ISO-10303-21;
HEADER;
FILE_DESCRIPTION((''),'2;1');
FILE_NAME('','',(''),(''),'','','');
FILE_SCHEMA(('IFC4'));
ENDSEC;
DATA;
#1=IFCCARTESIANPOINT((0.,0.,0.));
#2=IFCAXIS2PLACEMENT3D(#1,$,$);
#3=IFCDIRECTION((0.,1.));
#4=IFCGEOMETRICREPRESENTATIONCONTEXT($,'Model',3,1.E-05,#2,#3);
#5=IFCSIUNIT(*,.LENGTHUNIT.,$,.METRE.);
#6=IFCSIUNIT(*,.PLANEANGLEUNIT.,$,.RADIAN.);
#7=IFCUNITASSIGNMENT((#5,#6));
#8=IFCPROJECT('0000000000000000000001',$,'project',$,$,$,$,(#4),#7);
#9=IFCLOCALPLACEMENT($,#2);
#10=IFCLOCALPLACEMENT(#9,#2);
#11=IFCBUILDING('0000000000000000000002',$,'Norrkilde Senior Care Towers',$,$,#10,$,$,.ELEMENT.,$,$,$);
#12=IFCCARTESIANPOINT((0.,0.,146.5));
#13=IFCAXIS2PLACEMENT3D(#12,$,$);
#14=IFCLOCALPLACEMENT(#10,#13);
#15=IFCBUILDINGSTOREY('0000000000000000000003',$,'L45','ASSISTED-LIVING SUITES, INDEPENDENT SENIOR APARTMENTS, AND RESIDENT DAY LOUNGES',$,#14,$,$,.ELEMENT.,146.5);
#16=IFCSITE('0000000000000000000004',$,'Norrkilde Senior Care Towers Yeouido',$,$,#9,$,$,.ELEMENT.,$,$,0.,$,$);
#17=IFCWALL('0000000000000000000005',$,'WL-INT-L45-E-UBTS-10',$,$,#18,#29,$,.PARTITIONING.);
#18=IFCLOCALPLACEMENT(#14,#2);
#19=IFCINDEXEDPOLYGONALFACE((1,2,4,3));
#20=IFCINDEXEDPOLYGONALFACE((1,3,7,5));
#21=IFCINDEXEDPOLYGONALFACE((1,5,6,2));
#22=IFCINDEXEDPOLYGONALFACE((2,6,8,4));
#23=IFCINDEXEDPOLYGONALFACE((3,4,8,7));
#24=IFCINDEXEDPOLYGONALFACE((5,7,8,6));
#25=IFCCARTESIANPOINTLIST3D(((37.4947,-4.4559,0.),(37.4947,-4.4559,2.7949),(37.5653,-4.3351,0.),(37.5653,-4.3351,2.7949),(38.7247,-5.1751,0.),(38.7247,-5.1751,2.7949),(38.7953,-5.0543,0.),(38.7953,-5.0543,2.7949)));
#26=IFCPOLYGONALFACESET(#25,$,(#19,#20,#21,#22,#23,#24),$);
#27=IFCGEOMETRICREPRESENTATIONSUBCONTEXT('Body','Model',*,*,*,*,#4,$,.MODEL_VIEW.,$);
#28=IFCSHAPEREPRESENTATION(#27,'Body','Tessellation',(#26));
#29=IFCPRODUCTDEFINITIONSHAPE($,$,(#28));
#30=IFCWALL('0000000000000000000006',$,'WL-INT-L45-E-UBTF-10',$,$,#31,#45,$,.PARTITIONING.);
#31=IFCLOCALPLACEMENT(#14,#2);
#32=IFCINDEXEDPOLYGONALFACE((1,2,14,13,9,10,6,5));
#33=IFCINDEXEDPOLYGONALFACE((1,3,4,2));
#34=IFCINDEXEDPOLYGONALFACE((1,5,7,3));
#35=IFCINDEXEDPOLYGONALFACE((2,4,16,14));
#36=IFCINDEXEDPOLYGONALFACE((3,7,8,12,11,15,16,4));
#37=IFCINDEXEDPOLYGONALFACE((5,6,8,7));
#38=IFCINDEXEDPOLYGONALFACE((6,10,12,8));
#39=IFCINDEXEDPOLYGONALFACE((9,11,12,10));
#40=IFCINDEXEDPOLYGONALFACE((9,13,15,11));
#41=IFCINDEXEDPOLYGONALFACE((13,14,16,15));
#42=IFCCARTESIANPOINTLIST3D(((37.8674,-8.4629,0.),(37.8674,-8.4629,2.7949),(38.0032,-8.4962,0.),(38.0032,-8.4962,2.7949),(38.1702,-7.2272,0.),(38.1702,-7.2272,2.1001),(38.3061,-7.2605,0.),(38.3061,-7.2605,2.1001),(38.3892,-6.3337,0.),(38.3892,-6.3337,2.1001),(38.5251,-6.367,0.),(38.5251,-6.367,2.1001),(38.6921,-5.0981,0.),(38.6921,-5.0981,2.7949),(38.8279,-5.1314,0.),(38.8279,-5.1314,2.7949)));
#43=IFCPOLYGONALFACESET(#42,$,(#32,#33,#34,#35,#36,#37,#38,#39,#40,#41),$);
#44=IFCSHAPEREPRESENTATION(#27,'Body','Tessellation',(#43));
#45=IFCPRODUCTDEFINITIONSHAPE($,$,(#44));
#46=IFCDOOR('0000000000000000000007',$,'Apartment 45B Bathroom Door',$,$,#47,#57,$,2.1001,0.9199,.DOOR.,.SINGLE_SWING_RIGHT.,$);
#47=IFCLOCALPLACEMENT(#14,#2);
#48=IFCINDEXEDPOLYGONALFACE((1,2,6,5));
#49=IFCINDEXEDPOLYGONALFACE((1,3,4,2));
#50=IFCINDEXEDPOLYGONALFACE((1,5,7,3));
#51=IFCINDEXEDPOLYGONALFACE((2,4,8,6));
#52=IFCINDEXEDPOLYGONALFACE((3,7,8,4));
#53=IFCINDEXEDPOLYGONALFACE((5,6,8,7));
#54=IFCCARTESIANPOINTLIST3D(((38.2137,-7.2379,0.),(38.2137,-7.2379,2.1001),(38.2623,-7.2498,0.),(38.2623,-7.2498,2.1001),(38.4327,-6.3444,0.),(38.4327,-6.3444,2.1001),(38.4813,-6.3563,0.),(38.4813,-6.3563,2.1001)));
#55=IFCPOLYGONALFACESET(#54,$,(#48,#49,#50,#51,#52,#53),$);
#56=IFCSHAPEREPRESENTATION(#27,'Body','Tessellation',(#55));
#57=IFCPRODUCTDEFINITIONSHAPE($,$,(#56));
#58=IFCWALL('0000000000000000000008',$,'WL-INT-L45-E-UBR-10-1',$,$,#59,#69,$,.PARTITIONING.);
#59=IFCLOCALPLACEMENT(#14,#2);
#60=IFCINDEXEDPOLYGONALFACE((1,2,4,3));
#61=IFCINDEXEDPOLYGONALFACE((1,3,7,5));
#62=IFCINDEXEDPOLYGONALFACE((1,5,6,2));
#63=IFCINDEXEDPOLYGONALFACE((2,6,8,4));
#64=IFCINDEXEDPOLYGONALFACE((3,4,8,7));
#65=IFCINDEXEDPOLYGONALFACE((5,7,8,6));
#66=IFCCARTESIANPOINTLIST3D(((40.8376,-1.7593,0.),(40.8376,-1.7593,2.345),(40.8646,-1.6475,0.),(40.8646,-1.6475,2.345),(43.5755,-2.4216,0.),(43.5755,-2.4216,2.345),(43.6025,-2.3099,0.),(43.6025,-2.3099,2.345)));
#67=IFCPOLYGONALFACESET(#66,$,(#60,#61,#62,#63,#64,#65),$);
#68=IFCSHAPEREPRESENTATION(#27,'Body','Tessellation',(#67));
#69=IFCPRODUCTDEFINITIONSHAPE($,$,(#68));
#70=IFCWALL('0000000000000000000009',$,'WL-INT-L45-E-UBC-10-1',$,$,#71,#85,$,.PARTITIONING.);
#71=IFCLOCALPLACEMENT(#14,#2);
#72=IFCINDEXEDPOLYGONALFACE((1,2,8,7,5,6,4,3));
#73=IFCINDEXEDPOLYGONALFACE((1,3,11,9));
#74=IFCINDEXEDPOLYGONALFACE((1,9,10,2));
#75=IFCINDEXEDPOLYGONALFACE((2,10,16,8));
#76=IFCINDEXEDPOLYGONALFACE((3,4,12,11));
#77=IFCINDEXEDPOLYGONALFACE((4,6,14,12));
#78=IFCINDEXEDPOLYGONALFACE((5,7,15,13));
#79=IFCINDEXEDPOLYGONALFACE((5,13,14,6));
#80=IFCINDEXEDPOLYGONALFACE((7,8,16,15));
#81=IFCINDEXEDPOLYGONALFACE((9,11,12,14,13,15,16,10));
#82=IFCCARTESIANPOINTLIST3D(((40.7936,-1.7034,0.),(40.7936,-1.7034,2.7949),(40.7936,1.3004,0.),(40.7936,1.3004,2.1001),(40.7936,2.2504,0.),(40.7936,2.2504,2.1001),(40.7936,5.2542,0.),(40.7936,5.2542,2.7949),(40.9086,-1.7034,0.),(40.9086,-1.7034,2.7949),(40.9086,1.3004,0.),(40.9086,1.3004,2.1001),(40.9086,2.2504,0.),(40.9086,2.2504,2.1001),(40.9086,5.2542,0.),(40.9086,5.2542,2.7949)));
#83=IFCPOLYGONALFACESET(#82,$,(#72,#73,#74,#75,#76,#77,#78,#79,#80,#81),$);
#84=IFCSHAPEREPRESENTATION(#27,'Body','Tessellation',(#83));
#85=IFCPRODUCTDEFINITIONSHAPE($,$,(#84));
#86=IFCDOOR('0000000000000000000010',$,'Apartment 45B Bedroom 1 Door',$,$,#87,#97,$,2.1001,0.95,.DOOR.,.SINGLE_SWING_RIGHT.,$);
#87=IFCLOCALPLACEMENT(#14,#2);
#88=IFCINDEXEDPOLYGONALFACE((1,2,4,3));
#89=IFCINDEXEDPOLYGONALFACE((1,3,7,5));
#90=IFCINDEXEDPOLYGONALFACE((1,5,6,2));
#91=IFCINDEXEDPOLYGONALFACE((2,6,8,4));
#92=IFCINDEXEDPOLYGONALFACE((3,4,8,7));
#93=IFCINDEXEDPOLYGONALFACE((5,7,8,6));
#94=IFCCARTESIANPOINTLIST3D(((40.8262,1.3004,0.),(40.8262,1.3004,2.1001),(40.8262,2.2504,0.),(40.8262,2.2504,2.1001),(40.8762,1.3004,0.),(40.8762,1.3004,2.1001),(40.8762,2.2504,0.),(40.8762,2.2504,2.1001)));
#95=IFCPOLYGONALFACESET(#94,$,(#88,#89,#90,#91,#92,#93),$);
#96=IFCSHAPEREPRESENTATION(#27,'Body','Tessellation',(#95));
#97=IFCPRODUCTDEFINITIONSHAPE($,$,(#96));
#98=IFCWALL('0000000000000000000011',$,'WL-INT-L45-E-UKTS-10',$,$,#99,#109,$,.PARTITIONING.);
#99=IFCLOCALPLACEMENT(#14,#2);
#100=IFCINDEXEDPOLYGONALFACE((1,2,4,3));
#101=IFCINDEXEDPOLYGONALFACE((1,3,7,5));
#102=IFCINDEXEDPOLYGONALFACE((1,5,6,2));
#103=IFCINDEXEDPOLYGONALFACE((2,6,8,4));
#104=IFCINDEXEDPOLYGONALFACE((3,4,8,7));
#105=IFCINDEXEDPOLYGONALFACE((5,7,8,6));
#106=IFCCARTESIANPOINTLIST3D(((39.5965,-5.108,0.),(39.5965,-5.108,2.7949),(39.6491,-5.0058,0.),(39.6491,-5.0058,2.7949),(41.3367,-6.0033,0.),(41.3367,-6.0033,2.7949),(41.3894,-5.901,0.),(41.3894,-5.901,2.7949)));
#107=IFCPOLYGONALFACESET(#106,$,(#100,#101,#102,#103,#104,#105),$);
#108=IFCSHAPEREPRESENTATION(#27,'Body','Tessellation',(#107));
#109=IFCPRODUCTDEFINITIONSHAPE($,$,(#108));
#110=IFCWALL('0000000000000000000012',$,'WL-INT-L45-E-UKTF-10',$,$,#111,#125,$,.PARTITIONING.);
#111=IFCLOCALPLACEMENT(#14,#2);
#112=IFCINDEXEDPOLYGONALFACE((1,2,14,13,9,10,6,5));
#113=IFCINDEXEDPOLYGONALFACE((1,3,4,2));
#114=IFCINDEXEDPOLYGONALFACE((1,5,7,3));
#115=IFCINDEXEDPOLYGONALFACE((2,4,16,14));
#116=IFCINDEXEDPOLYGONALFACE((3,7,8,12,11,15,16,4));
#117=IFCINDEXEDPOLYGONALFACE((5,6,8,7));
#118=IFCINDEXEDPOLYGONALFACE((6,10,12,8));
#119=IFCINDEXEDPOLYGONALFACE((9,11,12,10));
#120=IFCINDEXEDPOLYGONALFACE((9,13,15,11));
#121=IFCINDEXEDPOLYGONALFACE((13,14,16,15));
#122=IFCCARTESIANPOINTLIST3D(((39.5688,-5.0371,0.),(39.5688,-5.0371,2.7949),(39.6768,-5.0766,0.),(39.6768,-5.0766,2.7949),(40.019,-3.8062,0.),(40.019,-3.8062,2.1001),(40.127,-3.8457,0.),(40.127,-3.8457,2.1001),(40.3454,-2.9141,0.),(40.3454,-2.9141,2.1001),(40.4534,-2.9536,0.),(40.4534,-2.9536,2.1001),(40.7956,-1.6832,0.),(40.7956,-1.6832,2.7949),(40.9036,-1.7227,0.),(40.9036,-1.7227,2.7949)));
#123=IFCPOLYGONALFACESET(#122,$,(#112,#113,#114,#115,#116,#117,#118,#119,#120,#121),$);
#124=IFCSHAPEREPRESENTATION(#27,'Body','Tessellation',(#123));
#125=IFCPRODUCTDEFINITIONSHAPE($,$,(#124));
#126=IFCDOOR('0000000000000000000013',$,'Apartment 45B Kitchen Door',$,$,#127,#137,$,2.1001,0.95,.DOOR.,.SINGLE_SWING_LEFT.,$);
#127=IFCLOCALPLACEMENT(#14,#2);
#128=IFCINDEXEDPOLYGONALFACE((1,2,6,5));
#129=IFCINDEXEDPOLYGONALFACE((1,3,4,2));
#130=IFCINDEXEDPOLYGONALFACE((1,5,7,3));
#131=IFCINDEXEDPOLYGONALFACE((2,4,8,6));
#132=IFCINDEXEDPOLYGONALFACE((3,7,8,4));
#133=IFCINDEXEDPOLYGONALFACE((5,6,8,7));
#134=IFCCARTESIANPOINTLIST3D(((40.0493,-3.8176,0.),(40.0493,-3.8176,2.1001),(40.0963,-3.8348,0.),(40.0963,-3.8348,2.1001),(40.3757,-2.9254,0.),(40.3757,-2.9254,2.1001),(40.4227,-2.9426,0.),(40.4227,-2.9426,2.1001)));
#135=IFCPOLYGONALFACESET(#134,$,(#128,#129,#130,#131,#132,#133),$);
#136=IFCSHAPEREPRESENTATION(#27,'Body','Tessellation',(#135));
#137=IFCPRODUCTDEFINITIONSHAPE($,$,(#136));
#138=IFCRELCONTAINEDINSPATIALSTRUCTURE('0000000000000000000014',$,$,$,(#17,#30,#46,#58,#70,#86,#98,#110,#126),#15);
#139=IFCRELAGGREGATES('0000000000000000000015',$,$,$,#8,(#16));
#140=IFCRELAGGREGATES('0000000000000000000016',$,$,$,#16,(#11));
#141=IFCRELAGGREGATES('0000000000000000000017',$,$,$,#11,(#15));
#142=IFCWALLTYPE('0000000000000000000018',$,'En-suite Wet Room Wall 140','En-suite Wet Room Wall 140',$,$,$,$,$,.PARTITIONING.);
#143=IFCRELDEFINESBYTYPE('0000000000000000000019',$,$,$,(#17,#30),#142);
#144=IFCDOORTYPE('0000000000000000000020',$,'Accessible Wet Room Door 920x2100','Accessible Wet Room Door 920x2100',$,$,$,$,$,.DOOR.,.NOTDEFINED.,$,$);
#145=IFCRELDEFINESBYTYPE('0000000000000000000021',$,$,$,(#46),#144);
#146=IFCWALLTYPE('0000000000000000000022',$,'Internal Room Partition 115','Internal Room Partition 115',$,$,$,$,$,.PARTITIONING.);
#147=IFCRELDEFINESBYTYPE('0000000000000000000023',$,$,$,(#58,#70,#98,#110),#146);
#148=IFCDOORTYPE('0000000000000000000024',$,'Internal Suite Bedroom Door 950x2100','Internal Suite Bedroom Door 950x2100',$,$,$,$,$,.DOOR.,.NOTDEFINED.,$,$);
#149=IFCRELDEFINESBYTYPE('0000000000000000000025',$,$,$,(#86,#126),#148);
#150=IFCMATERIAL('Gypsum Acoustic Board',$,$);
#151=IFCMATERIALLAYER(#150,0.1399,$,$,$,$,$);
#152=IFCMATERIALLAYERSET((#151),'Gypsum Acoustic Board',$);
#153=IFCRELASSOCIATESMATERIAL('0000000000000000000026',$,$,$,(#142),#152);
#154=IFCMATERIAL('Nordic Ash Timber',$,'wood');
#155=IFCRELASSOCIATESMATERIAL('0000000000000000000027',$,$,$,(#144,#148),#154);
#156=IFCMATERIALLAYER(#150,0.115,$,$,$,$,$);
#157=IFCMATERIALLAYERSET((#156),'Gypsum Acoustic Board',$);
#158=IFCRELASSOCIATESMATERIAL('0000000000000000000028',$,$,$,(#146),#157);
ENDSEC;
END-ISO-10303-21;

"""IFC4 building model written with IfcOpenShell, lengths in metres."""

from ifc_helpers import new_model, si_unit, direction, frame, frame_2d, origin, place, context, subcontext, project, spatial, rectangle, extrude, source, transform, mapped, material, layer, layer_set, type_object, type_shapes, element, fill, save


model = new_model("IFC4")

# Units and contexts
model_context = context("Model", 3, precision=1e-05, world=origin(), true_north=direction((0.0, 1.0)))
body_context = subcontext(model_context, "Body", "Model", "MODEL_VIEW")
ifc_project = project(units=[si_unit("LENGTHUNIT", "METRE"), si_unit("PLANEANGLEUNIT", "RADIAN")], contexts=[model_context])

# Site, building, storey
site_placement = place(None, origin())
site = spatial("IfcSite", under=ifc_project, at=site_placement, Name="Norrkilde Senior Care Towers Yeouido", CompositionType="ELEMENT", RefElevation=0.0)
building_placement = place(site_placement, origin())
building = spatial("IfcBuilding", under=site, at=building_placement, Name="Norrkilde Senior Care Towers", CompositionType="ELEMENT")
storey_placement = place(building_placement, frame((0.0, 0.0, 146.5)))
storey = spatial("IfcBuildingStorey", under=building, at=storey_placement, Name="L45", Description="ASSISTED-LIVING SUITES, INDEPENDENT SENIOR APARTMENTS, AND RESIDENT DAY LOUNGES", CompositionType="ELEMENT", Elevation=146.5)

# Shared definitions
ifc_material_1 = material(Name="Gypsum Acoustic Board")
ifc_material_2 = material(Name="Nordic Ash Timber", Category="wood")

# Wall
ifc_layer_1 = layer(ifc_material_1, 0.1399)
ifc_layer_set_1 = layer_set([ifc_layer_1], Name="Gypsum Acoustic Board")
wall_type_1 = type_object("IfcWallType", Name="En-suite Wet Room Wall 140", Description="En-suite Wet Room Wall 140", PredefinedType="PARTITIONING", material=ifc_layer_set_1)
shared_shape_1 = source(origin(), body_context, "Body", "SweptSolid", [
    extrude(rectangle(XDim=1.4248, YDim=0.1399, at=frame_2d((0.7124, 0.0))), origin(), (0.0, 0.0, 1.0), 2.7949),
])
wall_1_placement = place(storey_placement, frame((37.53, -4.3955, 0.0), z_axis=(0.0, 0.0, 1.0), x_axis=(0.863244, -0.504787, 0.0)))
element("IfcWall", 1, at=wall_1_placement, inside=storey, type_object=wall_type_1, Name="WL-INT-L45-E-UBTS-10", PredefinedType="PARTITIONING", context=body_context, shape_type="MappedRepresentation", body=[
    mapped(shared_shape_1, transform((0.0, 0.0, 0.0), x_axis=(1.0, 0.0, 0.0), y_axis=(0.0, 1.0, 0.0), z_axis=(0.0, 0.0, 1.0), scale=1.0)),
])

# Wall, opening, door
shared_shape_2 = source(origin(), body_context, "Body", "SweptSolid", [
    extrude(rectangle(XDim=3.4644, YDim=0.1399, at=frame_2d((1.7322, 0.0))), origin(), (0.0, 0.0, 1.0), 2.7949),
])
type_shapes(wall_type_1, [shared_shape_1, shared_shape_2])
wall_2_placement = place(storey_placement, frame((38.76, -5.1147, 0.0), z_axis=(0.0, 0.0, 1.0), x_axis=(-0.238056, -0.971251, 0.0)))
wall_2 = element("IfcWall", 2, at=wall_2_placement, inside=storey, type_object=wall_type_1, Name="WL-INT-L45-E-UBTF-10", PredefinedType="PARTITIONING", context=body_context, shape_type="MappedRepresentation", body=[
    mapped(shared_shape_2, transform((0.0, 0.0, 0.0), x_axis=(1.0, 0.0, 0.0), y_axis=(0.0, 1.0, 0.0), z_axis=(0.0, 0.0, 1.0), scale=1.0)),
])
opening_1_placement = place(wall_2_placement, frame((1.2722, 0.0, 0.0)))
opening_1 = element("IfcOpeningElement", 3, at=opening_1_placement, cuts=wall_2, PredefinedType="OPENING", context=body_context, shape_type="SweptSolid", body=[
    extrude(rectangle(XDim=0.9199, YDim=2.1001, at=frame_2d((0.46, 1.05))), frame((0.0, 0.0798, 0.0), z_axis=(0.0, -1.0, 0.0), x_axis=(1.0, 0.0, 0.0)), (0.0, 0.0, 1.0), 0.1599),
])
door_type_1 = type_object("IfcDoorType", Name="Accessible Wet Room Door 920x2100", Description="Accessible Wet Room Door 920x2100", OperationType="NOTDEFINED", PredefinedType="DOOR", material=ifc_material_2)
shared_shape_3 = source(origin(), body_context, "Body", "SweptSolid", [
    extrude(rectangle(XDim=0.9199, YDim=2.1001, at=frame_2d((0.46, 1.05))), frame((0.0, 0.0249, 0.0), z_axis=(0.0, -1.0, 0.0), x_axis=(1.0, 0.0, 0.0)), (0.0, 0.0, 1.0), 0.05),
])
type_shapes(door_type_1, [shared_shape_3])
door_1_placement = place(opening_1_placement, origin())
door_1 = element("IfcDoor", 4, at=door_1_placement, inside=storey, type_object=door_type_1, Name="Apartment 45B Bathroom Door", OperationType="SINGLE_SWING_RIGHT", OverallHeight=2.1001, OverallWidth=0.9199, PredefinedType="DOOR", context=body_context, shape_type="MappedRepresentation", body=[
    mapped(shared_shape_3, transform((0.0, 0.0, 0.0), x_axis=(1.0, 0.0, 0.0), y_axis=(0.0, 1.0, 0.0), z_axis=(0.0, 0.0, 1.0), scale=1.0)),
])
fill(opening_1, door_1)

# Wall
ifc_layer_2 = layer(ifc_material_1, 0.115)
ifc_layer_set_2 = layer_set([ifc_layer_2], Name="Gypsum Acoustic Board")
wall_type_2 = type_object("IfcWallType", Name="Internal Room Partition 115", Description="Internal Room Partition 115", PredefinedType="PARTITIONING", material=ifc_layer_set_2)
shared_shape_4 = source(origin(), body_context, "Body", "SweptSolid", [
    extrude(rectangle(XDim=2.8169, YDim=0.115, at=frame_2d((1.4084, 0.0))), origin(), (0.0, 0.0, 1.0), 2.345),
])
wall_3_placement = place(storey_placement, frame((40.8511, -1.7034, 0.0), z_axis=(0.0, 0.0, 1.0), x_axis=(0.97196, -0.235146, 0.0)))
element("IfcWall", 5, at=wall_3_placement, inside=storey, type_object=wall_type_2, Name="WL-INT-L45-E-UBR-10-1", PredefinedType="PARTITIONING", context=body_context, shape_type="MappedRepresentation", body=[
    mapped(shared_shape_4, transform((0.0, 0.0, 0.0), x_axis=(1.0, 0.0, 0.0), y_axis=(0.0, 1.0, 0.0), z_axis=(0.0, 0.0, 1.0), scale=1.0)),
])

# Wall, opening, door
shared_shape_5 = source(origin(), body_context, "Body", "SweptSolid", [
    extrude(rectangle(XDim=6.9575, YDim=0.115, at=frame_2d((3.4788, 0.0))), origin(), (0.0, 0.0, 1.0), 2.7949),
])
wall_4_placement = place(storey_placement, frame((40.8511, -1.7034, 0.0), z_axis=(0.0, 0.0, 1.0), x_axis=(0.0, 1.0, 0.0)))
wall_4 = element("IfcWall", 6, at=wall_4_placement, inside=storey, type_object=wall_type_2, Name="WL-INT-L45-E-UBC-10-1", PredefinedType="PARTITIONING", context=body_context, shape_type="MappedRepresentation", body=[
    mapped(shared_shape_5, transform((0.0, 0.0, 0.0), x_axis=(1.0, 0.0, 0.0), y_axis=(0.0, 1.0, 0.0), z_axis=(0.0, 0.0, 1.0), scale=1.0)),
])
opening_2_placement = place(wall_4_placement, frame((3.0037, 0.0, 0.0)))
opening_2 = element("IfcOpeningElement", 7, at=opening_2_placement, cuts=wall_4, PredefinedType="OPENING", context=body_context, shape_type="SweptSolid", body=[
    extrude(rectangle(XDim=0.95, YDim=2.1001, at=frame_2d((0.4751, 1.05))), frame((0.0, 0.0674, 0.0), z_axis=(0.0, -1.0, 0.0), x_axis=(1.0, 0.0, 0.0)), (0.0, 0.0, 1.0), 0.135),
])
door_type_2 = type_object("IfcDoorType", Name="Internal Suite Bedroom Door 950x2100", Description="Internal Suite Bedroom Door 950x2100", OperationType="NOTDEFINED", PredefinedType="DOOR", material=ifc_material_2)
shared_shape_6 = source(origin(), body_context, "Body", "SweptSolid", [
    extrude(rectangle(XDim=0.95, YDim=2.1001, at=frame_2d((0.4751, 1.05))), frame((0.0, 0.0249, 0.0), z_axis=(0.0, -1.0, 0.0), x_axis=(1.0, 0.0, 0.0)), (0.0, 0.0, 1.0), 0.05),
])
type_shapes(door_type_2, [shared_shape_6])
door_2_placement = place(opening_2_placement, origin())
door_2 = element("IfcDoor", 8, at=door_2_placement, inside=storey, type_object=door_type_2, Name="Apartment 45B Bedroom 1 Door", OperationType="SINGLE_SWING_RIGHT", OverallHeight=2.1001, OverallWidth=0.95, PredefinedType="DOOR", context=body_context, shape_type="MappedRepresentation", body=[
    mapped(shared_shape_6, transform((0.0, 0.0, 0.0), x_axis=(1.0, 0.0, 0.0), y_axis=(0.0, 1.0, 0.0), z_axis=(0.0, 0.0, 1.0), scale=1.0)),
])
fill(opening_2, door_2)

# Wall
shared_shape_7 = source(origin(), body_context, "Body", "SweptSolid", [
    extrude(rectangle(XDim=1.957, YDim=0.115, at=frame_2d((0.9785, 0.0))), origin(), (0.0, 0.0, 1.0), 2.7949),
])
wall_5_placement = place(storey_placement, frame((39.6228, -5.0569, 0.0), z_axis=(0.0, 0.0, 1.0), x_axis=(0.889228, -0.457464, 0.0)))
element("IfcWall", 9, at=wall_5_placement, inside=storey, type_object=wall_type_2, Name="WL-INT-L45-E-UKTS-10", PredefinedType="PARTITIONING", context=body_context, shape_type="MappedRepresentation", body=[
    mapped(shared_shape_7, transform((0.0, 0.0, 0.0), x_axis=(1.0, 0.0, 0.0), y_axis=(0.0, 1.0, 0.0), z_axis=(0.0, 0.0, 1.0), scale=1.0)),
])

# Wall, opening, door
shared_shape_8 = source(origin(), body_context, "Body", "SweptSolid", [
    extrude(rectangle(XDim=3.5713, YDim=0.115, at=frame_2d((1.7856, 0.0))), origin(), (0.0, 0.0, 1.0), 2.7949),
])
type_shapes(wall_type_2, [shared_shape_4, shared_shape_5, shared_shape_7, shared_shape_8])
wall_6_placement = place(storey_placement, frame((39.6228, -5.0569, 0.0), z_axis=(0.0, 0.0, 1.0), x_axis=(0.343515, 0.939147, 0.0)))
wall_6 = element("IfcWall", 10, at=wall_6_placement, inside=storey, type_object=wall_type_2, Name="WL-INT-L45-E-UKTF-10", PredefinedType="PARTITIONING", context=body_context, shape_type="MappedRepresentation", body=[
    mapped(shared_shape_8, transform((0.0, 0.0, 0.0), x_axis=(1.0, 0.0, 0.0), y_axis=(0.0, 1.0, 0.0), z_axis=(0.0, 0.0, 1.0), scale=1.0)),
])
opening_3_placement = place(wall_6_placement, frame((1.3105, 0.0, 0.0)))
opening_3 = element("IfcOpeningElement", 11, at=opening_3_placement, cuts=wall_6, PredefinedType="OPENING", context=body_context, shape_type="SweptSolid", body=[
    extrude(rectangle(XDim=0.95, YDim=2.1001, at=frame_2d((0.4751, 1.05))), frame((0.0, 0.0674, 0.0), z_axis=(0.0, -1.0, 0.0), x_axis=(1.0, 0.0, 0.0)), (0.0, 0.0, 1.0), 0.135),
])
door_3_placement = place(opening_3_placement, frame((0.95, 0.0, 0.0), z_axis=(0.0, 0.0, 1.0), x_axis=(-1.0, 0.0, 0.0)))
door_3 = element("IfcDoor", 12, at=door_3_placement, inside=storey, type_object=door_type_2, Name="Apartment 45B Kitchen Door", OperationType="SINGLE_SWING_LEFT", OverallHeight=2.1001, OverallWidth=0.95, PredefinedType="DOOR", context=body_context, shape_type="MappedRepresentation", body=[
    mapped(shared_shape_6, transform((0.0, 0.0, 0.0), x_axis=(1.0, 0.0, 0.0), y_axis=(0.0, 1.0, 0.0), z_axis=(0.0, 0.0, 1.0), scale=1.0)),
])
fill(opening_3, door_3)

save(model, "model.ifc")
